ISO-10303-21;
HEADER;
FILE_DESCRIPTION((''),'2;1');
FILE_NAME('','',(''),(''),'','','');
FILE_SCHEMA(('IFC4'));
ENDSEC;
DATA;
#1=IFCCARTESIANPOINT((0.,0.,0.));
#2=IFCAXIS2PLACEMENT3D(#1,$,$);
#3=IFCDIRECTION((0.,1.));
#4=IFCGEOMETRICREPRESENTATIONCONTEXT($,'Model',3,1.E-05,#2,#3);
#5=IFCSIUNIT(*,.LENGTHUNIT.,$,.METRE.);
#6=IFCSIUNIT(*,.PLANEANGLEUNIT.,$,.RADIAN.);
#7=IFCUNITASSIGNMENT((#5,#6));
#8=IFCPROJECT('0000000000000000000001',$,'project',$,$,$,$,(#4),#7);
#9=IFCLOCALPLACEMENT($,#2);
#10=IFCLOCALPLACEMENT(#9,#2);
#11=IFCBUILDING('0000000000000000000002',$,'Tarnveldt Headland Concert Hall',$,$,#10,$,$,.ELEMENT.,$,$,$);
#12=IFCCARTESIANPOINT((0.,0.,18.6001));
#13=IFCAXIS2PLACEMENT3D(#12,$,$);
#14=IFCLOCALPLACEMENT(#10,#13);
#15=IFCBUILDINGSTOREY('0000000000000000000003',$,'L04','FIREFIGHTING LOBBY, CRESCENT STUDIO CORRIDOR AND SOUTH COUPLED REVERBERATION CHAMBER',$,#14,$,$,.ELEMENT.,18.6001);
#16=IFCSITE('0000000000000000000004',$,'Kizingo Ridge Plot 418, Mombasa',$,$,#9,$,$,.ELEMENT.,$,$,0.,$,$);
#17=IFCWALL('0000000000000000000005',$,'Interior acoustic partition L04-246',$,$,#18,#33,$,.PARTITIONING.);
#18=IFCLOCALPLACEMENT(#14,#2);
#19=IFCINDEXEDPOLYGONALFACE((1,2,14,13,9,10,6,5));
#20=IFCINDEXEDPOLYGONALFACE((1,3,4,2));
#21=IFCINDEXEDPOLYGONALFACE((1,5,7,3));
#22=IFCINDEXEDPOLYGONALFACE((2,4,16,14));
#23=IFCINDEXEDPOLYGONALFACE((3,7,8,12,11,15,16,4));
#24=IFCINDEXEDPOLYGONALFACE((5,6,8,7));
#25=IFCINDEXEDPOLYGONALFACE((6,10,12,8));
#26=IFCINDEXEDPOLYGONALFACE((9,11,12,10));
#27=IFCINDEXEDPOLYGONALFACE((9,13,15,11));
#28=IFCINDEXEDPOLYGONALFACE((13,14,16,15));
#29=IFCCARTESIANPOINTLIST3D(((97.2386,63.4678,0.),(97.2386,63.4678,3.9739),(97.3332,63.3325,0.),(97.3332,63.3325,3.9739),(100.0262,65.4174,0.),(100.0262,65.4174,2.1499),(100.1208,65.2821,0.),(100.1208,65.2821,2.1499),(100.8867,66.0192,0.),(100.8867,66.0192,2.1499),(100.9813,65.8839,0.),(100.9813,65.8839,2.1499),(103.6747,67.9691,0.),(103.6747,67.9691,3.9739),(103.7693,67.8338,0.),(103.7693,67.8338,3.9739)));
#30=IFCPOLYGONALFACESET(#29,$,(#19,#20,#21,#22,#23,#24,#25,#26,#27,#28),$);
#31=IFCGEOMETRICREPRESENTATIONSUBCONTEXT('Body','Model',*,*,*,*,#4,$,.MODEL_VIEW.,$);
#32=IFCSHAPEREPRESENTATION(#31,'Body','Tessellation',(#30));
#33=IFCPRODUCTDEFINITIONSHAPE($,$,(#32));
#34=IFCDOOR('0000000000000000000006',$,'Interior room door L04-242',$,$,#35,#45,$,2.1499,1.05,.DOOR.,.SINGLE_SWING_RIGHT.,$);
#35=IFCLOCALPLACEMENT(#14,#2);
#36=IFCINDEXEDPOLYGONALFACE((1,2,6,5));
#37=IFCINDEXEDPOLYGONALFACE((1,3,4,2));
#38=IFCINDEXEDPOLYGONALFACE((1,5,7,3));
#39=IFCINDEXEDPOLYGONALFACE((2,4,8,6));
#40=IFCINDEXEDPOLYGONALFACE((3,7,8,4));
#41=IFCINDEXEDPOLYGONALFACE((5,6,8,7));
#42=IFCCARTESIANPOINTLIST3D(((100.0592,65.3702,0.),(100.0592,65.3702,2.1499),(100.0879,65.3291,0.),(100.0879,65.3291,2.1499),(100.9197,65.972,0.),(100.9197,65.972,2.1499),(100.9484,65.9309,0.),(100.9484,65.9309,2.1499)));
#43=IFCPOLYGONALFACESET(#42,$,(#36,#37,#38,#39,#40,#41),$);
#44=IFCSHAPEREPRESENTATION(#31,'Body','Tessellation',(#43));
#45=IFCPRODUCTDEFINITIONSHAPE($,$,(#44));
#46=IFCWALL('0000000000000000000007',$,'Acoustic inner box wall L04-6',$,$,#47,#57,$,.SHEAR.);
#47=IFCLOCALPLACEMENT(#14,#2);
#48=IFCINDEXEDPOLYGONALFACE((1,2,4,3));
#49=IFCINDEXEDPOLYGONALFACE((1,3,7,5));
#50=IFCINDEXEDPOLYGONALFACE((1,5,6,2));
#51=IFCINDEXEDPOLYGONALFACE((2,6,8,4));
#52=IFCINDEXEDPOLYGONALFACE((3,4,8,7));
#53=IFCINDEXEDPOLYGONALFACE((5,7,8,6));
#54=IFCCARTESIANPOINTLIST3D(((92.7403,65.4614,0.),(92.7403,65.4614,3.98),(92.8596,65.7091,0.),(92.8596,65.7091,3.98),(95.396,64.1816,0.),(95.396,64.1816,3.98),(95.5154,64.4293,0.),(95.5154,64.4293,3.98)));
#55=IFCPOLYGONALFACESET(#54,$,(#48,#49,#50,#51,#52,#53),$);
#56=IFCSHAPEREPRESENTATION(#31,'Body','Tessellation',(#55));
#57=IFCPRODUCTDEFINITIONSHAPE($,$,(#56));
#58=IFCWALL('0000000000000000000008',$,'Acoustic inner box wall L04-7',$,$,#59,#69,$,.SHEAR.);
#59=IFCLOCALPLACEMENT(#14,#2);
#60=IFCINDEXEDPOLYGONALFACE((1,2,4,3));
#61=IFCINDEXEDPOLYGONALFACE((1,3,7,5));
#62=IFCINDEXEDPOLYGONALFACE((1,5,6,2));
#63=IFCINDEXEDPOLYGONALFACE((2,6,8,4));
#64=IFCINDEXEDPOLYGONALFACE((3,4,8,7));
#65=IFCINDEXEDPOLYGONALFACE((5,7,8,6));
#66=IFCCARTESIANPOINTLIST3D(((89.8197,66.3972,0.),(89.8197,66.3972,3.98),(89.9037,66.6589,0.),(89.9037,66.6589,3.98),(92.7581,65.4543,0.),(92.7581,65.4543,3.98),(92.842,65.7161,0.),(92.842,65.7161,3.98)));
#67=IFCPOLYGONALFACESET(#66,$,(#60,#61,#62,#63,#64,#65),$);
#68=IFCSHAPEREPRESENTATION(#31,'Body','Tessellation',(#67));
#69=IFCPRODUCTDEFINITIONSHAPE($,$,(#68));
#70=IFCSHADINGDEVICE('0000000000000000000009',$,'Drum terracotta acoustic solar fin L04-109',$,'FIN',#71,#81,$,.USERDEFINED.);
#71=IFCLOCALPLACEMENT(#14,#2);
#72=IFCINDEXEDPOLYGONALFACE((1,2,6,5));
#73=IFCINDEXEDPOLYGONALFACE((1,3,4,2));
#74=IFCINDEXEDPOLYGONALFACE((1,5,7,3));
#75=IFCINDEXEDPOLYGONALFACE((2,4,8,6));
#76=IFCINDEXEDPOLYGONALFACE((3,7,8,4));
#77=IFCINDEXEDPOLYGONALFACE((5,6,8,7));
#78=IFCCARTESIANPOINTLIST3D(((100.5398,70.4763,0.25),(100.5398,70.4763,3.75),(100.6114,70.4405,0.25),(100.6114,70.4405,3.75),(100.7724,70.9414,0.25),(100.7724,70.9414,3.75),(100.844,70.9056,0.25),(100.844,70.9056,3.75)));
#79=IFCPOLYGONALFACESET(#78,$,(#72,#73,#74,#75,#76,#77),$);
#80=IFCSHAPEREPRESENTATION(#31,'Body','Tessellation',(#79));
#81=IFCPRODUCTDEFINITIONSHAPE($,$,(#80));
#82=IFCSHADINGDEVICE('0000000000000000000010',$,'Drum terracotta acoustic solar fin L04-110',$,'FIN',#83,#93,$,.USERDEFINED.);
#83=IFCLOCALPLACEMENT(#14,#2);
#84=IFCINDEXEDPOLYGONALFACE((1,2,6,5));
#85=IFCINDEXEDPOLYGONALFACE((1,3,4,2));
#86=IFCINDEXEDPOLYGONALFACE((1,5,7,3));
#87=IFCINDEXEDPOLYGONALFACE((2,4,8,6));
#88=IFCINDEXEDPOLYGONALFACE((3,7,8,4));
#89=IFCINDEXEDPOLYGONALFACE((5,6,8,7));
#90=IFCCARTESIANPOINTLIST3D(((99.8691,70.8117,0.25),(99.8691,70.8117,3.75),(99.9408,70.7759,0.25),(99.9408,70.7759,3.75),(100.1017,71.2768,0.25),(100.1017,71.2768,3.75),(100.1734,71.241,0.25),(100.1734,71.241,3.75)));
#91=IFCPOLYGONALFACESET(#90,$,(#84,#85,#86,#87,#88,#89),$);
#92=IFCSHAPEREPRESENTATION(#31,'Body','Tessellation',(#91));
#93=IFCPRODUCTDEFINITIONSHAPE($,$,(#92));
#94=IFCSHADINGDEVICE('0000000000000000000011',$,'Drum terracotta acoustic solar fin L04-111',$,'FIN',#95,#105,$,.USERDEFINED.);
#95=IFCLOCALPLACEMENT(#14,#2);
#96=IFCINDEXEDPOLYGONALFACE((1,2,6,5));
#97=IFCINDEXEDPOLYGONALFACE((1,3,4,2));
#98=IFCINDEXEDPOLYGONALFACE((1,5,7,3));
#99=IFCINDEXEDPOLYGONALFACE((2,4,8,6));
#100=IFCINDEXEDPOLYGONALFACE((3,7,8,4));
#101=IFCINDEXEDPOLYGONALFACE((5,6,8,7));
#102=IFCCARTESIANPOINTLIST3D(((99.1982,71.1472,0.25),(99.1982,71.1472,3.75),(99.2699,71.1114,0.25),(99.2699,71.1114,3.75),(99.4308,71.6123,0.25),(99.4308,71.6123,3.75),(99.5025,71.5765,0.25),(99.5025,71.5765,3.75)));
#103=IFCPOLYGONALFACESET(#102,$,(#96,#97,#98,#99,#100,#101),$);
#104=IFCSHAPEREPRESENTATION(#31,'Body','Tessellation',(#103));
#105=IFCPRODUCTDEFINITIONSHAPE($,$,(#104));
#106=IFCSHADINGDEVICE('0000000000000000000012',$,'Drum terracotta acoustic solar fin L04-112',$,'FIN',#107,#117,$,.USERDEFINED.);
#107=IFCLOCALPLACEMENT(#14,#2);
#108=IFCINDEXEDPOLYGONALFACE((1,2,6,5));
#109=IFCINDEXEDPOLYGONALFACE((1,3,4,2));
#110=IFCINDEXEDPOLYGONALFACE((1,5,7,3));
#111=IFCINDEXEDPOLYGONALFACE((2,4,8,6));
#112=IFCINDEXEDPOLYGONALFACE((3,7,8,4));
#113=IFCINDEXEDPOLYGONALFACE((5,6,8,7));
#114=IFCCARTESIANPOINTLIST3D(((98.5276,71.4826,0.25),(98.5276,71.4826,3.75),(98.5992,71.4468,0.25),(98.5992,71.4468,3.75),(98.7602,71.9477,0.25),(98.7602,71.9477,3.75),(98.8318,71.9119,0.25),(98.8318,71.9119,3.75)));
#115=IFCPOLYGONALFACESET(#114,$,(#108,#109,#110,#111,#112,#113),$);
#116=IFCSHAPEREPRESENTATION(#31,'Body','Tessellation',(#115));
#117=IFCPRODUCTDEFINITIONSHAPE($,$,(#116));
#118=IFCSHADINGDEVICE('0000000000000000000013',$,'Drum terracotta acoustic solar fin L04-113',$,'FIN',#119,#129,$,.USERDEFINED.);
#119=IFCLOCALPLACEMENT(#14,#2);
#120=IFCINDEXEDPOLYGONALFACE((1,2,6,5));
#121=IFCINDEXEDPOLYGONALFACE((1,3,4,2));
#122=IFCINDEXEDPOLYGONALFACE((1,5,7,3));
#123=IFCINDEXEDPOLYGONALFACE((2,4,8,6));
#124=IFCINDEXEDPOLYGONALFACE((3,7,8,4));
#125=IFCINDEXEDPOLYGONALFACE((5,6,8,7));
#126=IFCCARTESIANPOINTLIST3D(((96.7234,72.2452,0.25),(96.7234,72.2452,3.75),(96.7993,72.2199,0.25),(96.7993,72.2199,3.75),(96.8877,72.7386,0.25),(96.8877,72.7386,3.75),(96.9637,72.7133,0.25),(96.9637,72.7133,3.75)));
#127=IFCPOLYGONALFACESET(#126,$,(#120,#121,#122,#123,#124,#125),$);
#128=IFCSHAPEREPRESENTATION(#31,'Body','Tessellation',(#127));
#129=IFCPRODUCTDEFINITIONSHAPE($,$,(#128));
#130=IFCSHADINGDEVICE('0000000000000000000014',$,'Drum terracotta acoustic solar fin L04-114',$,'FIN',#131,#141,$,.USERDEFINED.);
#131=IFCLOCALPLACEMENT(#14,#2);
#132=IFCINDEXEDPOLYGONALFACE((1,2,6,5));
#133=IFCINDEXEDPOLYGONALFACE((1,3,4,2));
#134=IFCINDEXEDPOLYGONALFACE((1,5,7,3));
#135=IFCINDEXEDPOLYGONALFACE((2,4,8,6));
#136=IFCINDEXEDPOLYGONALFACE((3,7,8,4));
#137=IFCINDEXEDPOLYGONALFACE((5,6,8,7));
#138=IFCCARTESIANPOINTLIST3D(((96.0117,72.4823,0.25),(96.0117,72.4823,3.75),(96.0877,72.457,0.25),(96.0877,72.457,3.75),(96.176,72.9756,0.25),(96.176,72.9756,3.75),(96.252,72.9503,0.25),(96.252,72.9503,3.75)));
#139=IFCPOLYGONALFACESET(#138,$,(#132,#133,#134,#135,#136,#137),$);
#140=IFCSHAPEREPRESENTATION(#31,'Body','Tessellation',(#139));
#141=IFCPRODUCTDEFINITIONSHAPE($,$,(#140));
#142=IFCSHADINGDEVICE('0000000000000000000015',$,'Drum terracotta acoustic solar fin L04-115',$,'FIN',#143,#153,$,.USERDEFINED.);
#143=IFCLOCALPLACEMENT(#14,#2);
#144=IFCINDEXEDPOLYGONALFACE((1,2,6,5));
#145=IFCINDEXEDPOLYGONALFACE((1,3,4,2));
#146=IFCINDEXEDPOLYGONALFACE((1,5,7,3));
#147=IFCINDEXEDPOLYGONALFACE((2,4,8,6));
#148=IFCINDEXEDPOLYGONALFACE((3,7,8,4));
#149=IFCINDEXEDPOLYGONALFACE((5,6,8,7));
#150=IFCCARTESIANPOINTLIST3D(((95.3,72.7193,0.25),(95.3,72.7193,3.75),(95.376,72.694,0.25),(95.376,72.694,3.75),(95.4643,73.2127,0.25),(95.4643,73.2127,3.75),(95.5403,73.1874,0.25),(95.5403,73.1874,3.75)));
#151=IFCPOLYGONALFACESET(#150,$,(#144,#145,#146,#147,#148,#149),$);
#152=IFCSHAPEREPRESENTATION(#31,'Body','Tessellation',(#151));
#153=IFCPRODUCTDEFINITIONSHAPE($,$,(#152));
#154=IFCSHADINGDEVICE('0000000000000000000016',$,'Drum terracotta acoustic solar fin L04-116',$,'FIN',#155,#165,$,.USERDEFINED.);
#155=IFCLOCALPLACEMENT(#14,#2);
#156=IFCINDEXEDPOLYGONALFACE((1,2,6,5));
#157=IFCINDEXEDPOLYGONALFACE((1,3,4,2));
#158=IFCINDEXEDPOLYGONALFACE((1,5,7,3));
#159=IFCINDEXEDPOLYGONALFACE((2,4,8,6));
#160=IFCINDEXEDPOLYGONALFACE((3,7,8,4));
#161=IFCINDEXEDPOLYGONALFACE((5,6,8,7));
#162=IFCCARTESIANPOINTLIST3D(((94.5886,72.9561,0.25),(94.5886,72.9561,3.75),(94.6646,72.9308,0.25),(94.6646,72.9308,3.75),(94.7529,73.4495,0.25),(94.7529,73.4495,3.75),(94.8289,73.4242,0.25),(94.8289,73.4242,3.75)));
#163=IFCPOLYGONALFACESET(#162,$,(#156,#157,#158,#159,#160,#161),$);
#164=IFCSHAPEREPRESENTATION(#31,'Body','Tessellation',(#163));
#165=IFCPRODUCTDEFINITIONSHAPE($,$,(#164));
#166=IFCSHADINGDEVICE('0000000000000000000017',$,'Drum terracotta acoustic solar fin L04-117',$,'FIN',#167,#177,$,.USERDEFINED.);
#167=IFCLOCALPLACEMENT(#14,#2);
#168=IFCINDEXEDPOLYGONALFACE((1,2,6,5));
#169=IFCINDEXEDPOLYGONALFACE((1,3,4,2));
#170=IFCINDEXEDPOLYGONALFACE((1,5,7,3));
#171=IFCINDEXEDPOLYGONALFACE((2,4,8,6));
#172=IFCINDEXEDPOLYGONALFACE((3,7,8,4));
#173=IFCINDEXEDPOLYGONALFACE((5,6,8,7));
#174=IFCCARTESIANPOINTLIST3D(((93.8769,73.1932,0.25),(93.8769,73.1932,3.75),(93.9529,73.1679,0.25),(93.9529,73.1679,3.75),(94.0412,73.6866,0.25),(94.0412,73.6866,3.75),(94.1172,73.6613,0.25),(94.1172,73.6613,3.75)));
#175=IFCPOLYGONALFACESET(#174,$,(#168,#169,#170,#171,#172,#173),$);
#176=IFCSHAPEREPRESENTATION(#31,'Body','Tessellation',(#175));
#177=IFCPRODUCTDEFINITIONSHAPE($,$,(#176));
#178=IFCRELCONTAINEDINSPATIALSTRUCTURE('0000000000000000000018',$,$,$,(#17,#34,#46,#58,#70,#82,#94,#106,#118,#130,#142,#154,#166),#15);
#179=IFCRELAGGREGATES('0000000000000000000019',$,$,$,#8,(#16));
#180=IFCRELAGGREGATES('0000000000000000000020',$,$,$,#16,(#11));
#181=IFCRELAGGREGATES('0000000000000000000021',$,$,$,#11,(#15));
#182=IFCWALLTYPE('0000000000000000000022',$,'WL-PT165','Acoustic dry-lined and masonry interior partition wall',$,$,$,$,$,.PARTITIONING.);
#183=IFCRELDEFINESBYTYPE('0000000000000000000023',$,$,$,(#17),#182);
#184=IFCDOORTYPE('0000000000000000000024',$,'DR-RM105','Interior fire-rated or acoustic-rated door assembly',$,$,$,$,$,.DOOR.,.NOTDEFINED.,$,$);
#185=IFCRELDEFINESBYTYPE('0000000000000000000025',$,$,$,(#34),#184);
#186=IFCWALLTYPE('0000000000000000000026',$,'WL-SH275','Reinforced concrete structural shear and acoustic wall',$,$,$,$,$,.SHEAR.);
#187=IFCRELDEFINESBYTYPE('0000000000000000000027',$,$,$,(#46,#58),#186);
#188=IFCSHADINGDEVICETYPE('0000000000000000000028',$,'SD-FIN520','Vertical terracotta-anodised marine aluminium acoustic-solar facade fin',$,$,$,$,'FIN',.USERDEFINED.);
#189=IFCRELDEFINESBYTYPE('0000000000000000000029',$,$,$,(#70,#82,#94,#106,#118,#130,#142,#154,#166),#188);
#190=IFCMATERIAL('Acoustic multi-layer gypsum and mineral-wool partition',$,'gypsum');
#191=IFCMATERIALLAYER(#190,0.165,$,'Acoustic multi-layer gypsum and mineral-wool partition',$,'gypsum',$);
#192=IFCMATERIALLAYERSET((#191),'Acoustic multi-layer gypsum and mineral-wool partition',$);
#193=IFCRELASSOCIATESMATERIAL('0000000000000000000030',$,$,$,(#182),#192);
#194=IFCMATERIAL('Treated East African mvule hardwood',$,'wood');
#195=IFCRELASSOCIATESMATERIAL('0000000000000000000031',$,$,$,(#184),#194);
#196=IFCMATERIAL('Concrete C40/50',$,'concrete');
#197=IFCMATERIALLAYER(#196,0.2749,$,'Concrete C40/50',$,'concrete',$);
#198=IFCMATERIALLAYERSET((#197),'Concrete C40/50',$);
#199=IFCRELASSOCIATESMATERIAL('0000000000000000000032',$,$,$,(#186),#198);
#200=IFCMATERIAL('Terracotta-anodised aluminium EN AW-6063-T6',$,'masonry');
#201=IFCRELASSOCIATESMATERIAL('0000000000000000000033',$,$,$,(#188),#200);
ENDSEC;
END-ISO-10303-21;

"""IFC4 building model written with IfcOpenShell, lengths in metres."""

from ifc_helpers import new_model, si_unit, direction, frame, frame_2d, origin, origin_2d, place, context, subcontext, project, spatial, rectangle, extrude, material, layer, layer_set, type_object, element, fill, save


model = new_model("IFC4")

# Units and contexts
model_context = context("Model", 3, precision=1e-05, world=origin(), true_north=direction((0.0, 1.0)))
body_context = subcontext(model_context, "Body", "Model", "MODEL_VIEW")
ifc_project = project(units=[si_unit("LENGTHUNIT", "METRE"), si_unit("PLANEANGLEUNIT", "RADIAN")], contexts=[model_context])

# Site, building, storey
site_placement = place(None, origin())
site = spatial("IfcSite", under=ifc_project, at=site_placement, Name="Kizingo Ridge Plot 418, Mombasa", CompositionType="ELEMENT", RefElevation=0.0)
building_placement = place(site_placement, origin())
building = spatial("IfcBuilding", under=site, at=building_placement, Name="Tarnveldt Headland Concert Hall", CompositionType="ELEMENT")
storey_placement = place(building_placement, frame((0.0, 0.0, 18.6001)))
storey = spatial("IfcBuildingStorey", under=building, at=storey_placement, Name="L04", Description="FIREFIGHTING LOBBY, CRESCENT STUDIO CORRIDOR AND SOUTH COUPLED REVERBERATION CHAMBER", CompositionType="ELEMENT", Elevation=18.6001)

# Shared definitions
ifc_material_1 = material(Name="Concrete C40/50", Category="concrete")

# Wall, opening, door
ifc_material_2 = material(Name="Acoustic multi-layer gypsum and mineral-wool partition", Category="gypsum")
ifc_layer_1 = layer(ifc_material_2, 0.165, Name="Acoustic multi-layer gypsum and mineral-wool partition", Category="gypsum")
ifc_layer_set_1 = layer_set([ifc_layer_1], Name="Acoustic multi-layer gypsum and mineral-wool partition")
wall_type_1 = type_object("IfcWallType", Name="WL-PT165", Description="Acoustic dry-lined and masonry interior partition wall", PredefinedType="PARTITIONING", material=ifc_layer_set_1)
wall_1_placement = place(storey_placement, frame((97.2859, 63.4001, 0.0), z_axis=(0.0, 0.0, 1.0), x_axis=(0.819471, 0.57312, 0.0)))
wall_1 = element("IfcWall", 1, at=wall_1_placement, inside=storey, type_object=wall_type_1, Name="Interior acoustic partition L04-246", PredefinedType="PARTITIONING", context=body_context, shape_type="SweptSolid", body=[
    extrude(rectangle(XDim=7.854, YDim=0.165, at=frame_2d((3.927, 0.0))), origin(), (0.0, 0.0, 1.0), 3.9739),
])
opening_1_placement = place(wall_1_placement, frame((3.4019, 0.0, 0.0)))
opening_1 = element("IfcOpeningElement", 2, at=opening_1_placement, cuts=wall_1, PredefinedType="OPENING", context=body_context, shape_type="SweptSolid", body=[
    extrude(rectangle(XDim=1.05, YDim=2.1499, at=frame_2d((0.5249, 1.075))), frame((0.0, 0.0925, 0.0), z_axis=(0.0, -1.0, 0.0), x_axis=(1.0, 0.0, 0.0)), (0.0, 0.0, 1.0), 0.1851),
])
ifc_material_3 = material(Name="Treated East African mvule hardwood", Category="wood")
door_type = type_object("IfcDoorType", Name="DR-RM105", Description="Interior fire-rated or acoustic-rated door assembly", OperationType="NOTDEFINED", PredefinedType="DOOR", material=ifc_material_3)
door_placement = place(opening_1_placement, origin())
door = element("IfcDoor", 3, at=door_placement, inside=storey, type_object=door_type, Name="Interior room door L04-242", OperationType="SINGLE_SWING_RIGHT", OverallHeight=2.1499, OverallWidth=1.05, PredefinedType="DOOR", context=body_context, shape_type="SweptSolid", body=[
    extrude(rectangle(XDim=1.05, YDim=2.1499, at=frame_2d((0.5249, 1.075))), frame((0.0, 0.0249, 0.0), z_axis=(0.0, -1.0, 0.0), x_axis=(1.0, 0.0, 0.0)), (0.0, 0.0, 1.0), 0.05),
])
fill(opening_1, door)

# Walls
ifc_layer_2 = layer(ifc_material_1, 0.2749, Name="Concrete C40/50", Category="concrete")
ifc_layer_set_2 = layer_set([ifc_layer_2], Name="Concrete C40/50")
wall_type_2 = type_object("IfcWallType", Name="WL-SH275", Description="Reinforced concrete structural shear and acoustic wall", PredefinedType="SHEAR", material=ifc_layer_set_2)
wall_2_placement = place(storey_placement, frame((95.4558, 64.3054, 0.0), z_axis=(0.0, 0.0, 1.0), x_axis=(-0.900858, 0.434114, 0.0)))
element("IfcWall", 4, at=wall_2_placement, inside=storey, type_object=wall_type_2, Name="Acoustic inner box wall L04-6", PredefinedType="SHEAR", context=body_context, shape_type="SweptSolid", body=[
    extrude(rectangle(XDim=2.948, YDim=0.2749, at=frame_2d((1.4741, 0.0))), origin(), (0.0, 0.0, 1.0), 3.98),
])
wall_3_placement = place(storey_placement, frame((92.8, 65.5852, 0.0), z_axis=(0.0, 0.0, 1.0), x_axis=(-0.952183, 0.305528, 0.0)))
element("IfcWall", 5, at=wall_3_placement, inside=storey, type_object=wall_type_2, Name="Acoustic inner box wall L04-7", PredefinedType="SHEAR", context=body_context, shape_type="SweptSolid", body=[
    extrude(rectangle(XDim=3.0859, YDim=0.2749, at=frame_2d((1.543, 0.0))), origin(), (0.0, 0.0, 1.0), 3.98),
])

# Shading devices
ifc_material_4 = material(Name="Terracotta-anodised aluminium EN AW-6063-T6", Category="masonry")
shading_device_type = type_object("IfcShadingDeviceType", Name="SD-FIN520", Description="Vertical terracotta-anodised marine aluminium acoustic-solar facade fin", ElementType="FIN", PredefinedType="USERDEFINED", material=ifc_material_4)
for number, where, z_axis, x_axis, name in (
    (6, (100.6919, 70.6909, 0.25), (0.0, 0.0, 1.0), (0.447291, 0.894389, 0.0), "Drum terracotta acoustic solar fin L04-109"),
    (7, (100.0212, 71.0264, 0.25), (0.0, 0.0, 1.0), (0.447291, 0.894389, 0.0), "Drum terracotta acoustic solar fin L04-110"),
    (8, (99.3503, 71.3618, 0.25), (0.0, 0.0, 1.0), (0.447291, 0.894389, 0.0), "Drum terracotta acoustic solar fin L04-111"),
    (9, (98.6797, 71.6973, 0.25), (0.0, 0.0, 1.0), (0.447291, 0.894389, 0.0), "Drum terracotta acoustic solar fin L04-112"),
    (10, (96.8435, 72.4792, 0.25), (0.0, 0.0, 1.0), (0.31598, 0.948766, 0.0), "Drum terracotta acoustic solar fin L04-113"),
    (11, (96.1318, 72.7163, 0.25), (0.0, 0.0, 1.0), (0.31598, 0.948766, 0.0), "Drum terracotta acoustic solar fin L04-114"),
    (12, (95.4202, 72.9534, 0.25), (0.0, 0.0, 1.0), (0.31598, 0.948766, 0.0), "Drum terracotta acoustic solar fin L04-115"),
    (13, (94.7087, 73.1902, 0.25), (0.0, 0.0, 1.0), (0.31598, 0.948766, 0.0), "Drum terracotta acoustic solar fin L04-116"),
    (14, (93.9971, 73.4272, 0.25), (0.0, 0.0, 1.0), (0.31598, 0.948766, 0.0), "Drum terracotta acoustic solar fin L04-117"),
):
    element("IfcShadingDevice", number, at=place(storey_placement, frame(where, z_axis=z_axis, x_axis=x_axis)), inside=storey, type_object=shading_device_type, Name=name, ObjectType="FIN", PredefinedType="USERDEFINED", context=body_context, shape_type="SweptSolid", body=[
        extrude(rectangle(XDim=0.52, YDim=0.0801, at=origin_2d()), origin(), (0.0, 0.0, 1.0), 3.5),
    ])

save(model, "model.ifc")
